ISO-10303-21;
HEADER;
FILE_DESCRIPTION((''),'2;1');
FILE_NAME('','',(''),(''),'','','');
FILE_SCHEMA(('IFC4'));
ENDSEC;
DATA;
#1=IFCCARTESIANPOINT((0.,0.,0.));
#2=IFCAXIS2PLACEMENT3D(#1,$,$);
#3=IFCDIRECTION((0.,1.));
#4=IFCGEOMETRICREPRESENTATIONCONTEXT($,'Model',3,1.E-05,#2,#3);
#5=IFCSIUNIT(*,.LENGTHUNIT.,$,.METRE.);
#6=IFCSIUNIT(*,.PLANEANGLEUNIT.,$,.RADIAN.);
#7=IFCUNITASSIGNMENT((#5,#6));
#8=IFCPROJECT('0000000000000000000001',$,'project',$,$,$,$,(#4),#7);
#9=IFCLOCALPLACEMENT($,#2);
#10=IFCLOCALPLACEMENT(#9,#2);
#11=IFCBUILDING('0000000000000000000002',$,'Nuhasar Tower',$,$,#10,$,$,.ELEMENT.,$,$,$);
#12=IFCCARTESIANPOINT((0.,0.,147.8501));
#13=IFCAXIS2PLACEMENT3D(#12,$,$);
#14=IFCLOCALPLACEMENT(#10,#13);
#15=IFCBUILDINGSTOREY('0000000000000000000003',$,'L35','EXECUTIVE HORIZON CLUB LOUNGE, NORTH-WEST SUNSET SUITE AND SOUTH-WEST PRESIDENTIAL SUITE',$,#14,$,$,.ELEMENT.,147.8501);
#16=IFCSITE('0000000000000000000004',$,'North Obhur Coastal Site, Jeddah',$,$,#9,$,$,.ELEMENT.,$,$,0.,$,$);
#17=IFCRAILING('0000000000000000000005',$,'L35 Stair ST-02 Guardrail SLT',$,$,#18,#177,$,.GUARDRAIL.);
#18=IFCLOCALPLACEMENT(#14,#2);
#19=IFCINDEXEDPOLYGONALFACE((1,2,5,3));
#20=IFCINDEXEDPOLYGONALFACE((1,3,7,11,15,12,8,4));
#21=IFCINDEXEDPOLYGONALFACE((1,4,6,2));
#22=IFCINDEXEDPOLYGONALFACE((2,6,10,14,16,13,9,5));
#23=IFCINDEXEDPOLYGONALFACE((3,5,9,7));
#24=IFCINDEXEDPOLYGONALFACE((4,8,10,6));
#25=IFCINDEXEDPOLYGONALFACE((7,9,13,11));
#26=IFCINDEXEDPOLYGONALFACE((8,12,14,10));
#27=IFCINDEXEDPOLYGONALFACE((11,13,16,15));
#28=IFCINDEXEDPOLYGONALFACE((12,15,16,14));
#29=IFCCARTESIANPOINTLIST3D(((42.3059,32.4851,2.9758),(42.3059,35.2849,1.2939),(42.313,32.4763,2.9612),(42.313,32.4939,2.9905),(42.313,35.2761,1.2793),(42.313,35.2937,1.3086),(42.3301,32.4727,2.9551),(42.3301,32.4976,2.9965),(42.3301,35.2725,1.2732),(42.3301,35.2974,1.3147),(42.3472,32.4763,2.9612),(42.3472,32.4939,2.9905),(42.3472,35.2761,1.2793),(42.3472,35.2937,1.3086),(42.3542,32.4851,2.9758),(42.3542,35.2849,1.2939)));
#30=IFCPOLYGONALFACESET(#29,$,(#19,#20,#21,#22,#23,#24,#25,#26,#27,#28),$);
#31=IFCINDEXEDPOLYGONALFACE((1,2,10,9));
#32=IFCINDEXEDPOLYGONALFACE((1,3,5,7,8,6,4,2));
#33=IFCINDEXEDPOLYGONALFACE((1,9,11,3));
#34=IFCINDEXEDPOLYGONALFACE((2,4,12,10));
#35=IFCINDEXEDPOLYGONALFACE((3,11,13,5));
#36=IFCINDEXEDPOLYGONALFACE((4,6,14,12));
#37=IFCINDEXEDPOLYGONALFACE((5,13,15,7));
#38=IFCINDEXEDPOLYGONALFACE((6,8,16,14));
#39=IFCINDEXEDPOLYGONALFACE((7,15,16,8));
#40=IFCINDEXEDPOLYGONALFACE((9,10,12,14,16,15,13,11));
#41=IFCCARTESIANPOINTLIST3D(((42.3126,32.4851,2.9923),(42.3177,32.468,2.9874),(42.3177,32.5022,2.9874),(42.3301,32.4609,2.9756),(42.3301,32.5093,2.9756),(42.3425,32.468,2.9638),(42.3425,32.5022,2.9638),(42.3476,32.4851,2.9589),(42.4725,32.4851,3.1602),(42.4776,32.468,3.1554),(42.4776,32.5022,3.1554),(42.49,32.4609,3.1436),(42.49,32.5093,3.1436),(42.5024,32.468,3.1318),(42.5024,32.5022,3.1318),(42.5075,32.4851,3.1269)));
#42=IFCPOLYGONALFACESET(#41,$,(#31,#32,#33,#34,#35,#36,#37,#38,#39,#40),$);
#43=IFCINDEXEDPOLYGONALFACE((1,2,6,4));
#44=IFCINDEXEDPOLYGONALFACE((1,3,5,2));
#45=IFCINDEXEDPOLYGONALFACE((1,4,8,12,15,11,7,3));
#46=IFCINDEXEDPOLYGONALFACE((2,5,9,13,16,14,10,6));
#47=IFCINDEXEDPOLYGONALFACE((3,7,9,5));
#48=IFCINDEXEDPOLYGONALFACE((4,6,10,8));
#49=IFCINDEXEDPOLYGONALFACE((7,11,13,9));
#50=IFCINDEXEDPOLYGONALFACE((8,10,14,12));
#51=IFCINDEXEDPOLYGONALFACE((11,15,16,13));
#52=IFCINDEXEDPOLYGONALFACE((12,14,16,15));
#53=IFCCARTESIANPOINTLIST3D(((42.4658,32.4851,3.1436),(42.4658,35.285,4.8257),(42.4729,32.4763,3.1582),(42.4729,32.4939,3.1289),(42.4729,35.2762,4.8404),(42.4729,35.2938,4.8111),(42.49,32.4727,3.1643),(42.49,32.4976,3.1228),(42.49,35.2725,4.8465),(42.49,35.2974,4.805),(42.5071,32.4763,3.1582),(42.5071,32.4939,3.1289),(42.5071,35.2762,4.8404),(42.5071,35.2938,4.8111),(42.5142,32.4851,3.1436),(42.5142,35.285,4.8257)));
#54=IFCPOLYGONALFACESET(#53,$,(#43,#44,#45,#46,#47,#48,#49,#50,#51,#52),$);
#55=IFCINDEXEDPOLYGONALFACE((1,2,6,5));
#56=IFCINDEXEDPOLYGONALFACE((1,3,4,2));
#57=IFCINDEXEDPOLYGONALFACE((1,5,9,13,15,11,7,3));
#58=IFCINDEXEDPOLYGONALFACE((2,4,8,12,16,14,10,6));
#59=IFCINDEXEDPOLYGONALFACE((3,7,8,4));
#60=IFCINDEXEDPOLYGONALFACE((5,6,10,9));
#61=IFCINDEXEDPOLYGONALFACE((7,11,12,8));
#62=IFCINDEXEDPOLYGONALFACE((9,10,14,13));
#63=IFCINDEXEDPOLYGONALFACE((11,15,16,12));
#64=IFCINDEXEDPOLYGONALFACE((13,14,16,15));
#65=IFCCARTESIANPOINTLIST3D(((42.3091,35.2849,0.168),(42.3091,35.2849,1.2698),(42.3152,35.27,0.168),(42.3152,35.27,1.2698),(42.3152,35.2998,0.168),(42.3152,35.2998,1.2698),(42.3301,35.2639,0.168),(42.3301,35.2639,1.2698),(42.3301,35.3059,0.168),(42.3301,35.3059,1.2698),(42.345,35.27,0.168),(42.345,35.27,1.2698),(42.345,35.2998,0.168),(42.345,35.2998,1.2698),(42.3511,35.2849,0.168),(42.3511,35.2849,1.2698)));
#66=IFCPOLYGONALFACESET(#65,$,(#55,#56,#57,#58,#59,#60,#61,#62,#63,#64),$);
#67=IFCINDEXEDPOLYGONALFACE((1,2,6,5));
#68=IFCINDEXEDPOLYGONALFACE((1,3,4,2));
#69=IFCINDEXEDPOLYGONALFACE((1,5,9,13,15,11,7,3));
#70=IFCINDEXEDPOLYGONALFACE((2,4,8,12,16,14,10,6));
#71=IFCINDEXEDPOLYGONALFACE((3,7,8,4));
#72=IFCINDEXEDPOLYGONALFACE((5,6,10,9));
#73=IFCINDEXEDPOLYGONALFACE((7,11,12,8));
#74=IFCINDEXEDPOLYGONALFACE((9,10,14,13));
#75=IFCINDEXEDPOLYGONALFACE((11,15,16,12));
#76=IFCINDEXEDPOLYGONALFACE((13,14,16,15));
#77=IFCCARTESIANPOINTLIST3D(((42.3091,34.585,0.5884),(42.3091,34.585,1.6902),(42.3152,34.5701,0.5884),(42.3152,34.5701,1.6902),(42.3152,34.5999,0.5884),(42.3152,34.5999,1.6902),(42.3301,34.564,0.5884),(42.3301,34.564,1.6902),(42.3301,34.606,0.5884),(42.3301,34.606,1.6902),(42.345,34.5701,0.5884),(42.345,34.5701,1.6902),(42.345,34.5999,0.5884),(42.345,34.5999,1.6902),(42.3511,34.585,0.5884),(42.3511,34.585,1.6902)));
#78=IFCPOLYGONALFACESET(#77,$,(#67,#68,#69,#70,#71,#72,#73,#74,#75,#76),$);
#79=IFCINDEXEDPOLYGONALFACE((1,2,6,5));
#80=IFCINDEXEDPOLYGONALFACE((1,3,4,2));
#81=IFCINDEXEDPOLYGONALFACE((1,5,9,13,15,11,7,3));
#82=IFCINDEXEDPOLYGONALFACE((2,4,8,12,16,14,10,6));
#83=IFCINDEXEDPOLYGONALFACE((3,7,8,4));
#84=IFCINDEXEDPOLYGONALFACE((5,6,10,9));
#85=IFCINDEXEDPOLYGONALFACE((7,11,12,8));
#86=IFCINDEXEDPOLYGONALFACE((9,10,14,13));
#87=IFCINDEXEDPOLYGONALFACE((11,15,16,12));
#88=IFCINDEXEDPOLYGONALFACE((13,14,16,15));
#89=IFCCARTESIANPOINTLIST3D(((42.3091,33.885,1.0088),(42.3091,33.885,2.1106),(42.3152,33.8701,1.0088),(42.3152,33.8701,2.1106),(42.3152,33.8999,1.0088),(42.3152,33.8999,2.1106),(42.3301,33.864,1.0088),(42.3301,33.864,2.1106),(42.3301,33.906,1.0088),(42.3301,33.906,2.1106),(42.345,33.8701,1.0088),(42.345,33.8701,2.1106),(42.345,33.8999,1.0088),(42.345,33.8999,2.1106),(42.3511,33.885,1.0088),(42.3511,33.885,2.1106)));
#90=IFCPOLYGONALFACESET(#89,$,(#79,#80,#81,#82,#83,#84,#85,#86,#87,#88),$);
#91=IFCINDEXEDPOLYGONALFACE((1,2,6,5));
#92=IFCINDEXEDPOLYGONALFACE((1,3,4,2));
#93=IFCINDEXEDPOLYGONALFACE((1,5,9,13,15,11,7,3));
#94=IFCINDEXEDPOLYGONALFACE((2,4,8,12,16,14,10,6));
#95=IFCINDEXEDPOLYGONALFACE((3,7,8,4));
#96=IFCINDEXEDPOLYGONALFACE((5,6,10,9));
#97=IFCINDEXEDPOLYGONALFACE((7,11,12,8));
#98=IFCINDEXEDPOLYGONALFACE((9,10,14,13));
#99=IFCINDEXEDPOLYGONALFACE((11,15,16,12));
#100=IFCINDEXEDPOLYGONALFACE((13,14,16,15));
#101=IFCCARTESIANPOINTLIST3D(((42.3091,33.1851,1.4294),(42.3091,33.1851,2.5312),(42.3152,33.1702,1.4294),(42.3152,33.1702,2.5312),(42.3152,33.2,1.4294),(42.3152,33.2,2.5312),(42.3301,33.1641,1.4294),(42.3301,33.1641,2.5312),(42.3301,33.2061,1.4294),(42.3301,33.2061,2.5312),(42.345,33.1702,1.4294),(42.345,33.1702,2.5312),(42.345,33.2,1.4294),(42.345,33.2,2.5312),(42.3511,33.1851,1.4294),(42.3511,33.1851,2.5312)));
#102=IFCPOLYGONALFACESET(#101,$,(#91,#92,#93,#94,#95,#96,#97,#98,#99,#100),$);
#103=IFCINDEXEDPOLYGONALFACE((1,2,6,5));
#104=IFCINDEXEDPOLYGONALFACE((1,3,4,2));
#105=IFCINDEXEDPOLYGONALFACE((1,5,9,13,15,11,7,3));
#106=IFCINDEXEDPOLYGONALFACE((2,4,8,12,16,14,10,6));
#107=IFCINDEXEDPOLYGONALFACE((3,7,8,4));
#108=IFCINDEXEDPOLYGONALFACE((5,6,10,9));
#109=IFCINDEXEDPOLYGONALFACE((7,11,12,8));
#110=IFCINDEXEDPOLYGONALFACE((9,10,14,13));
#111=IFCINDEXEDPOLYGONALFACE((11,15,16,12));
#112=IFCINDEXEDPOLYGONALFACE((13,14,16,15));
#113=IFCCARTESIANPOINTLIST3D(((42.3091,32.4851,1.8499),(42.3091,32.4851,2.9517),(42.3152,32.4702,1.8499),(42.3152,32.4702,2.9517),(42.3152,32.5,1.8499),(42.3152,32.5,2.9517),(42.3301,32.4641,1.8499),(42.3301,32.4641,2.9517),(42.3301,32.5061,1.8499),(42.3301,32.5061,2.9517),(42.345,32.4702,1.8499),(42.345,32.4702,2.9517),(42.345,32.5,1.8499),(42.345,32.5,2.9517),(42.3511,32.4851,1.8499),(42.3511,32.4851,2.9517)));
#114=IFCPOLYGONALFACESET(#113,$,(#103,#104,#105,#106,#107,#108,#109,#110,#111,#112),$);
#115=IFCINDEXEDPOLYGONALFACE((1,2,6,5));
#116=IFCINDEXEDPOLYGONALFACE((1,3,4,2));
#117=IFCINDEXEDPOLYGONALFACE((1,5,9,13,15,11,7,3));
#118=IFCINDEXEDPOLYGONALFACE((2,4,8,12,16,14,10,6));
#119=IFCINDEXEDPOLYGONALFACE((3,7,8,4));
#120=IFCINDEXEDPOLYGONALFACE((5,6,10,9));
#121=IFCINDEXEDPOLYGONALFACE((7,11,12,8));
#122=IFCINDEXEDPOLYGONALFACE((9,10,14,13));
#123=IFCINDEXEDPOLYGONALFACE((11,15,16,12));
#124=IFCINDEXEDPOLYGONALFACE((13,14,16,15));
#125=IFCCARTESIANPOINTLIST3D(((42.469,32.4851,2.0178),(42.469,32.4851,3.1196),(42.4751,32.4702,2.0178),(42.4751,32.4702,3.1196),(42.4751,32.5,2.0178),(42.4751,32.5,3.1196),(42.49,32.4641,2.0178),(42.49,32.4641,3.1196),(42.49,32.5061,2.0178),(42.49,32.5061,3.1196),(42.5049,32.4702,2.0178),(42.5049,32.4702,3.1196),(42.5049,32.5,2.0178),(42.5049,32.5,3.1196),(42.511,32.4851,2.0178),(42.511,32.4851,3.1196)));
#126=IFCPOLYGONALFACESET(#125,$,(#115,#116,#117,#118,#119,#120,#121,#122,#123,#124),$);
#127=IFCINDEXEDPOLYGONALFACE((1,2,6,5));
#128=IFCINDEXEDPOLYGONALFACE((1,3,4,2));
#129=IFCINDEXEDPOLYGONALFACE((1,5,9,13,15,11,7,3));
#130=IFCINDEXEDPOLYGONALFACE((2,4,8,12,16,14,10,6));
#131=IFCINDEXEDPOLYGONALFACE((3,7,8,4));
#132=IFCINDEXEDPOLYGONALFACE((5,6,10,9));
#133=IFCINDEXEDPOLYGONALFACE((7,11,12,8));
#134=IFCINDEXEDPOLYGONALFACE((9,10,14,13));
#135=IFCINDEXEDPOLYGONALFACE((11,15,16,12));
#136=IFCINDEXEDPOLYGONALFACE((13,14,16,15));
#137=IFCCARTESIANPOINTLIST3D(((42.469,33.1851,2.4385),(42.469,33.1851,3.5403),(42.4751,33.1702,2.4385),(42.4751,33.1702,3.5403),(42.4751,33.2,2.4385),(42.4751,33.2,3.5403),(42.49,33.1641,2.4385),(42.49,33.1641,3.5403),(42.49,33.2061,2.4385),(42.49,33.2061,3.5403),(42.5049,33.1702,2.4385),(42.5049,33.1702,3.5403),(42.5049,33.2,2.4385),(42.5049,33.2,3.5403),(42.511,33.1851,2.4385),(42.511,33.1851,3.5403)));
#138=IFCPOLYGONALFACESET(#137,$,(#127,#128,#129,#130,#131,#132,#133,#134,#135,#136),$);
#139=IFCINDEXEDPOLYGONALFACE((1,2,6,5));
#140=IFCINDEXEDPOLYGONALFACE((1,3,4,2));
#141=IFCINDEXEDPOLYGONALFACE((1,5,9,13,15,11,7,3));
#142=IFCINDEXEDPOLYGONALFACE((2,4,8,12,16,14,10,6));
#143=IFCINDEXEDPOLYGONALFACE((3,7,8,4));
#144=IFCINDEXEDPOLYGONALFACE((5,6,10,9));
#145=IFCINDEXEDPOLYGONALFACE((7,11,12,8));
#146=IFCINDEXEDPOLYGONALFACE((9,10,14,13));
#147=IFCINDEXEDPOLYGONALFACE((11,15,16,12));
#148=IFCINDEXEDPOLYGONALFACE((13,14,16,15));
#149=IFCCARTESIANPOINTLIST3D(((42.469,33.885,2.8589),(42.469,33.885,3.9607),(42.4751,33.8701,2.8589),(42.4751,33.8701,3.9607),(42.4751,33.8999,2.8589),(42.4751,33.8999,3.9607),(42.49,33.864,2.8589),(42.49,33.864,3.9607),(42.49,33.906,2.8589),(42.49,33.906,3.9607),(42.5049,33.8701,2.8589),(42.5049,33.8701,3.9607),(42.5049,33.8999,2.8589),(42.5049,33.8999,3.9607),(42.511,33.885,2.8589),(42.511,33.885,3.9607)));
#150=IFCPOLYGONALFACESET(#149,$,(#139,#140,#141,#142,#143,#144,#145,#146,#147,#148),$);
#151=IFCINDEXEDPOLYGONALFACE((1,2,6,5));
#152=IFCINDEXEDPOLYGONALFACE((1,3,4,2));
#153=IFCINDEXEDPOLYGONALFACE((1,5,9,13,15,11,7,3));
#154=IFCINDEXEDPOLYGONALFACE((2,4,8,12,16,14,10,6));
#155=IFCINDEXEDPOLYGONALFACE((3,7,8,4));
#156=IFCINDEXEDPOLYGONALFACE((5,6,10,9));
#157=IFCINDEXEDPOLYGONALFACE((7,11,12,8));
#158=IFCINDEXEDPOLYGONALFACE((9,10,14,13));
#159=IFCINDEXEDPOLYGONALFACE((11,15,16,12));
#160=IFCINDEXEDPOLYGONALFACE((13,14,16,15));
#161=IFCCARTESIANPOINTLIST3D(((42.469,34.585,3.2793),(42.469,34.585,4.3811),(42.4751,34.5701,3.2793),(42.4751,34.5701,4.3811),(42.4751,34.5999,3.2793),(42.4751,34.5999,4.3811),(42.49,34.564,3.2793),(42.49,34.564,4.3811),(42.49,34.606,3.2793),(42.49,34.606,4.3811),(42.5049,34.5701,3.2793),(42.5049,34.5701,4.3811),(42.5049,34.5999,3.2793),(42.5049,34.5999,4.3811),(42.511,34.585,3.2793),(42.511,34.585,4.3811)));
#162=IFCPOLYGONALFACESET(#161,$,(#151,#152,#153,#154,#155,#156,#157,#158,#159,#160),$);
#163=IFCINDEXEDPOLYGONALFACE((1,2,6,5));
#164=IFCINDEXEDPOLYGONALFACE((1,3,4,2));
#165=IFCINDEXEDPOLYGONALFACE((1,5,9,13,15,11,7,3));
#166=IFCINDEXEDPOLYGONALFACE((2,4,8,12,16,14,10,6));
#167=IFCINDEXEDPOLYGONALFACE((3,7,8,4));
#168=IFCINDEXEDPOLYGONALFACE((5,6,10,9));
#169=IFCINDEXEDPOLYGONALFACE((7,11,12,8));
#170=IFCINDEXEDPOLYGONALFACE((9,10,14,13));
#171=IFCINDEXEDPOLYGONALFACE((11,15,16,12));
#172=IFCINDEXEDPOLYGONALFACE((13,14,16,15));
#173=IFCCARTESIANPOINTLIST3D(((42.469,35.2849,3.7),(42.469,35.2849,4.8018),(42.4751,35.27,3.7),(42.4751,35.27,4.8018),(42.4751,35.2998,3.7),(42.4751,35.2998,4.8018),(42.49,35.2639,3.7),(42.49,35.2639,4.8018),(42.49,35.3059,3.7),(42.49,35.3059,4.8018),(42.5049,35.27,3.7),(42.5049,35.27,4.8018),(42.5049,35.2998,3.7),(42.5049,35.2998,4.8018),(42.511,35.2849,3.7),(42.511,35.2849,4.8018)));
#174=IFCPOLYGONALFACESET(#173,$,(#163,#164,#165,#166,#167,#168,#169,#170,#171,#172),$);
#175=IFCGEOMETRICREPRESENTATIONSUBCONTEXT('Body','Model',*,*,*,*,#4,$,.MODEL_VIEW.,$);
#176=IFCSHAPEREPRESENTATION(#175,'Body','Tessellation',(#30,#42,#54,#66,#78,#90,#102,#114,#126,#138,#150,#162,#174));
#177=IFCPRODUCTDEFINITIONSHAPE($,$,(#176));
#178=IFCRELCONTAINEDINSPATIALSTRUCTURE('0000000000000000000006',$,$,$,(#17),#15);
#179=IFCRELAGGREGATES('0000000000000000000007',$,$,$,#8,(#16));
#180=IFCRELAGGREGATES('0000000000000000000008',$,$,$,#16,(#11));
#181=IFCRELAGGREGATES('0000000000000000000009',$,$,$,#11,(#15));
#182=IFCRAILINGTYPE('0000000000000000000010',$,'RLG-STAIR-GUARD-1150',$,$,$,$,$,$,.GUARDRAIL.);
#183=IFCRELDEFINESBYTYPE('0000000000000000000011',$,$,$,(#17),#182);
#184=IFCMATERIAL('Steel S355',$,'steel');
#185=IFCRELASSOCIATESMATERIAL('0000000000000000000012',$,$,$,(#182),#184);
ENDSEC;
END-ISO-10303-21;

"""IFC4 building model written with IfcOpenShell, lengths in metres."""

from ifc_helpers import new_model, si_unit, direction, frame, origin, place, context, subcontext, project, spatial, polyline, outline, extrude, material, type_object, element, save


model = new_model("IFC4")

# Units and contexts
model_context = context("Model", 3, precision=1e-05, world=origin(), true_north=direction((0.0, 1.0)))
body_context = subcontext(model_context, "Body", "Model", "MODEL_VIEW")
ifc_project = project(units=[si_unit("LENGTHUNIT", "METRE"), si_unit("PLANEANGLEUNIT", "RADIAN")], contexts=[model_context])

# Site, building, storey
site_placement = place(None, origin())
site = spatial("IfcSite", under=ifc_project, at=site_placement, Name="North Obhur Coastal Site, Jeddah", CompositionType="ELEMENT", RefElevation=0.0)
building_placement = place(site_placement, origin())
building = spatial("IfcBuilding", under=site, at=building_placement, Name="Nuhasar Tower", CompositionType="ELEMENT")
storey_placement = place(building_placement, frame((0.0, 0.0, 147.8501)))
storey = spatial("IfcBuildingStorey", under=building, at=storey_placement, Name="L35", Description="EXECUTIVE HORIZON CLUB LOUNGE, NORTH-WEST SUNSET SUITE AND SOUTH-WEST PRESIDENTIAL SUITE", CompositionType="ELEMENT", Elevation=147.8501)

# Shared definitions
ifc_material_1 = material(Name="Steel S355", Category="steel")

# Railing
railing_type_1 = type_object("IfcRailingType", Name="RLG-STAIR-GUARD-1150", PredefinedType="GUARDRAIL", material=ifc_material_1)
railing_1_placement = place(storey_placement, frame((42.3301, 35.2849, 0.168)))
element("IfcRailing", 1, at=railing_1_placement, inside=storey, type_object=railing_type_1, Name="L35 Stair ST-02 Guardrail SLT", PredefinedType="GUARDRAIL", context=body_context, shape_type="SweptSolid", body=[
    extrude(outline(polyline([(0.0242, 0.0), (0.0171, 0.0171), (0.0, 0.0242), (-0.0171, 0.0171), (-0.0242, 0.0), (-0.0171, -0.0171), (0.0, -0.0242), (0.0171, -0.0171), (0.0242, 0.0)])), frame((0.0, 0.0, 1.126), z_axis=(0.0, -0.857222, 0.514946), x_axis=(1.0, 0.0, 0.0)), (0.0, 0.0, 1.0), 3.2661),
    extrude(outline(polyline([(0.0242, 0.0), (0.0171, 0.0171), (0.0, 0.0242), (-0.0171, 0.0171), (-0.0242, 0.0), (-0.0171, -0.0171), (0.0, -0.0242), (0.0171, -0.0171), (0.0242, 0.0)])), frame((0.0, -2.7998, 2.8076), z_axis=(0.689524, 0.0, 0.724263), x_axis=(0.0, 1.0, 0.0)), (0.0, 0.0, 1.0), 0.2319),
    extrude(outline(polyline([(0.0242, 0.0), (0.0171, 0.0171), (0.0, 0.0242), (-0.0171, 0.0171), (-0.0242, 0.0), (-0.0171, -0.0171), (0.0, -0.0242), (0.0171, -0.0171), (0.0242, 0.0)])), frame((0.1599, -2.7998, 2.9756), z_axis=(0.0, 0.857189, 0.515001), x_axis=(-1.0, 0.0, 0.0)), (0.0, 0.0, 1.0), 3.2664),
    extrude(outline(polyline([(0.021, 0.0), (0.0149, 0.0149), (0.0, 0.021), (-0.0149, 0.0149), (-0.021, 0.0), (-0.0149, -0.0149), (0.0, -0.021), (0.0149, -0.0149), (0.021, 0.0)])), origin(), (0.0, 0.0, 1.0), 1.1018),
    extrude(outline(polyline([(0.021, 0.0), (0.0149, 0.0149), (0.0, 0.021), (-0.0149, 0.0149), (-0.021, 0.0), (-0.0149, -0.0149), (0.0, -0.021), (0.0149, -0.0149), (0.021, 0.0)])), frame((0.0, -0.7, 0.4204)), (0.0, 0.0, 1.0), 1.1018),
    extrude(outline(polyline([(0.021, 0.0), (0.0149, 0.0149), (0.0, 0.021), (-0.0149, 0.0149), (-0.021, 0.0), (-0.0149, -0.0149), (0.0, -0.021), (0.0149, -0.0149), (0.021, 0.0)])), frame((0.0, -1.3999, 0.8408)), (0.0, 0.0, 1.0), 1.1018),
    extrude(outline(polyline([(0.021, 0.0), (0.0149, 0.0149), (0.0, 0.021), (-0.0149, 0.0149), (-0.021, 0.0), (-0.0149, -0.0149), (0.0, -0.021), (0.0149, -0.0149), (0.021, 0.0)])), frame((0.0, -2.0999, 1.2615)), (0.0, 0.0, 1.0), 1.1018),
    extrude(outline(polyline([(0.021, 0.0), (0.0149, 0.0149), (0.0, 0.021), (-0.0149, 0.0149), (-0.021, 0.0), (-0.0149, -0.0149), (0.0, -0.021), (0.0149, -0.0149), (0.021, 0.0)])), frame((0.0, -2.7998, 1.6819)), (0.0, 0.0, 1.0), 1.1018),
    extrude(outline(polyline([(0.021, 0.0), (0.0149, 0.0149), (0.0, 0.021), (-0.0149, 0.0149), (-0.021, 0.0), (-0.0149, -0.0149), (0.0, -0.021), (0.0149, -0.0149), (0.021, 0.0)])), frame((0.1599, -2.7998, 1.8499)), (0.0, 0.0, 1.0), 1.1018),
    extrude(outline(polyline([(0.021, 0.0), (0.0149, 0.0149), (0.0, 0.021), (-0.0149, 0.0149), (-0.021, 0.0), (-0.0149, -0.0149), (0.0, -0.021), (0.0149, -0.0149), (0.021, 0.0)])), frame((0.1599, -2.0999, 2.2705)), (0.0, 0.0, 1.0), 1.1018),
    extrude(outline(polyline([(0.021, 0.0), (0.0149, 0.0149), (0.0, 0.021), (-0.0149, 0.0149), (-0.021, 0.0), (-0.0149, -0.0149), (0.0, -0.021), (0.0149, -0.0149), (0.021, 0.0)])), frame((0.1599, -1.3999, 2.6909)), (0.0, 0.0, 1.0), 1.1018),
    extrude(outline(polyline([(0.021, 0.0), (0.0149, 0.0149), (0.0, 0.021), (-0.0149, 0.0149), (-0.021, 0.0), (-0.0149, -0.0149), (0.0, -0.021), (0.0149, -0.0149), (0.021, 0.0)])), frame((0.1599, -0.7, 3.1113)), (0.0, 0.0, 1.0), 1.1018),
    extrude(outline(polyline([(0.021, 0.0), (0.0149, 0.0149), (0.0, 0.021), (-0.0149, 0.0149), (-0.021, 0.0), (-0.0149, -0.0149), (0.0, -0.021), (0.0149, -0.0149), (0.021, 0.0)])), frame((0.1599, 0.0, 3.532)), (0.0, 0.0, 1.0), 1.1018),
])

save(model, "model.ifc")
